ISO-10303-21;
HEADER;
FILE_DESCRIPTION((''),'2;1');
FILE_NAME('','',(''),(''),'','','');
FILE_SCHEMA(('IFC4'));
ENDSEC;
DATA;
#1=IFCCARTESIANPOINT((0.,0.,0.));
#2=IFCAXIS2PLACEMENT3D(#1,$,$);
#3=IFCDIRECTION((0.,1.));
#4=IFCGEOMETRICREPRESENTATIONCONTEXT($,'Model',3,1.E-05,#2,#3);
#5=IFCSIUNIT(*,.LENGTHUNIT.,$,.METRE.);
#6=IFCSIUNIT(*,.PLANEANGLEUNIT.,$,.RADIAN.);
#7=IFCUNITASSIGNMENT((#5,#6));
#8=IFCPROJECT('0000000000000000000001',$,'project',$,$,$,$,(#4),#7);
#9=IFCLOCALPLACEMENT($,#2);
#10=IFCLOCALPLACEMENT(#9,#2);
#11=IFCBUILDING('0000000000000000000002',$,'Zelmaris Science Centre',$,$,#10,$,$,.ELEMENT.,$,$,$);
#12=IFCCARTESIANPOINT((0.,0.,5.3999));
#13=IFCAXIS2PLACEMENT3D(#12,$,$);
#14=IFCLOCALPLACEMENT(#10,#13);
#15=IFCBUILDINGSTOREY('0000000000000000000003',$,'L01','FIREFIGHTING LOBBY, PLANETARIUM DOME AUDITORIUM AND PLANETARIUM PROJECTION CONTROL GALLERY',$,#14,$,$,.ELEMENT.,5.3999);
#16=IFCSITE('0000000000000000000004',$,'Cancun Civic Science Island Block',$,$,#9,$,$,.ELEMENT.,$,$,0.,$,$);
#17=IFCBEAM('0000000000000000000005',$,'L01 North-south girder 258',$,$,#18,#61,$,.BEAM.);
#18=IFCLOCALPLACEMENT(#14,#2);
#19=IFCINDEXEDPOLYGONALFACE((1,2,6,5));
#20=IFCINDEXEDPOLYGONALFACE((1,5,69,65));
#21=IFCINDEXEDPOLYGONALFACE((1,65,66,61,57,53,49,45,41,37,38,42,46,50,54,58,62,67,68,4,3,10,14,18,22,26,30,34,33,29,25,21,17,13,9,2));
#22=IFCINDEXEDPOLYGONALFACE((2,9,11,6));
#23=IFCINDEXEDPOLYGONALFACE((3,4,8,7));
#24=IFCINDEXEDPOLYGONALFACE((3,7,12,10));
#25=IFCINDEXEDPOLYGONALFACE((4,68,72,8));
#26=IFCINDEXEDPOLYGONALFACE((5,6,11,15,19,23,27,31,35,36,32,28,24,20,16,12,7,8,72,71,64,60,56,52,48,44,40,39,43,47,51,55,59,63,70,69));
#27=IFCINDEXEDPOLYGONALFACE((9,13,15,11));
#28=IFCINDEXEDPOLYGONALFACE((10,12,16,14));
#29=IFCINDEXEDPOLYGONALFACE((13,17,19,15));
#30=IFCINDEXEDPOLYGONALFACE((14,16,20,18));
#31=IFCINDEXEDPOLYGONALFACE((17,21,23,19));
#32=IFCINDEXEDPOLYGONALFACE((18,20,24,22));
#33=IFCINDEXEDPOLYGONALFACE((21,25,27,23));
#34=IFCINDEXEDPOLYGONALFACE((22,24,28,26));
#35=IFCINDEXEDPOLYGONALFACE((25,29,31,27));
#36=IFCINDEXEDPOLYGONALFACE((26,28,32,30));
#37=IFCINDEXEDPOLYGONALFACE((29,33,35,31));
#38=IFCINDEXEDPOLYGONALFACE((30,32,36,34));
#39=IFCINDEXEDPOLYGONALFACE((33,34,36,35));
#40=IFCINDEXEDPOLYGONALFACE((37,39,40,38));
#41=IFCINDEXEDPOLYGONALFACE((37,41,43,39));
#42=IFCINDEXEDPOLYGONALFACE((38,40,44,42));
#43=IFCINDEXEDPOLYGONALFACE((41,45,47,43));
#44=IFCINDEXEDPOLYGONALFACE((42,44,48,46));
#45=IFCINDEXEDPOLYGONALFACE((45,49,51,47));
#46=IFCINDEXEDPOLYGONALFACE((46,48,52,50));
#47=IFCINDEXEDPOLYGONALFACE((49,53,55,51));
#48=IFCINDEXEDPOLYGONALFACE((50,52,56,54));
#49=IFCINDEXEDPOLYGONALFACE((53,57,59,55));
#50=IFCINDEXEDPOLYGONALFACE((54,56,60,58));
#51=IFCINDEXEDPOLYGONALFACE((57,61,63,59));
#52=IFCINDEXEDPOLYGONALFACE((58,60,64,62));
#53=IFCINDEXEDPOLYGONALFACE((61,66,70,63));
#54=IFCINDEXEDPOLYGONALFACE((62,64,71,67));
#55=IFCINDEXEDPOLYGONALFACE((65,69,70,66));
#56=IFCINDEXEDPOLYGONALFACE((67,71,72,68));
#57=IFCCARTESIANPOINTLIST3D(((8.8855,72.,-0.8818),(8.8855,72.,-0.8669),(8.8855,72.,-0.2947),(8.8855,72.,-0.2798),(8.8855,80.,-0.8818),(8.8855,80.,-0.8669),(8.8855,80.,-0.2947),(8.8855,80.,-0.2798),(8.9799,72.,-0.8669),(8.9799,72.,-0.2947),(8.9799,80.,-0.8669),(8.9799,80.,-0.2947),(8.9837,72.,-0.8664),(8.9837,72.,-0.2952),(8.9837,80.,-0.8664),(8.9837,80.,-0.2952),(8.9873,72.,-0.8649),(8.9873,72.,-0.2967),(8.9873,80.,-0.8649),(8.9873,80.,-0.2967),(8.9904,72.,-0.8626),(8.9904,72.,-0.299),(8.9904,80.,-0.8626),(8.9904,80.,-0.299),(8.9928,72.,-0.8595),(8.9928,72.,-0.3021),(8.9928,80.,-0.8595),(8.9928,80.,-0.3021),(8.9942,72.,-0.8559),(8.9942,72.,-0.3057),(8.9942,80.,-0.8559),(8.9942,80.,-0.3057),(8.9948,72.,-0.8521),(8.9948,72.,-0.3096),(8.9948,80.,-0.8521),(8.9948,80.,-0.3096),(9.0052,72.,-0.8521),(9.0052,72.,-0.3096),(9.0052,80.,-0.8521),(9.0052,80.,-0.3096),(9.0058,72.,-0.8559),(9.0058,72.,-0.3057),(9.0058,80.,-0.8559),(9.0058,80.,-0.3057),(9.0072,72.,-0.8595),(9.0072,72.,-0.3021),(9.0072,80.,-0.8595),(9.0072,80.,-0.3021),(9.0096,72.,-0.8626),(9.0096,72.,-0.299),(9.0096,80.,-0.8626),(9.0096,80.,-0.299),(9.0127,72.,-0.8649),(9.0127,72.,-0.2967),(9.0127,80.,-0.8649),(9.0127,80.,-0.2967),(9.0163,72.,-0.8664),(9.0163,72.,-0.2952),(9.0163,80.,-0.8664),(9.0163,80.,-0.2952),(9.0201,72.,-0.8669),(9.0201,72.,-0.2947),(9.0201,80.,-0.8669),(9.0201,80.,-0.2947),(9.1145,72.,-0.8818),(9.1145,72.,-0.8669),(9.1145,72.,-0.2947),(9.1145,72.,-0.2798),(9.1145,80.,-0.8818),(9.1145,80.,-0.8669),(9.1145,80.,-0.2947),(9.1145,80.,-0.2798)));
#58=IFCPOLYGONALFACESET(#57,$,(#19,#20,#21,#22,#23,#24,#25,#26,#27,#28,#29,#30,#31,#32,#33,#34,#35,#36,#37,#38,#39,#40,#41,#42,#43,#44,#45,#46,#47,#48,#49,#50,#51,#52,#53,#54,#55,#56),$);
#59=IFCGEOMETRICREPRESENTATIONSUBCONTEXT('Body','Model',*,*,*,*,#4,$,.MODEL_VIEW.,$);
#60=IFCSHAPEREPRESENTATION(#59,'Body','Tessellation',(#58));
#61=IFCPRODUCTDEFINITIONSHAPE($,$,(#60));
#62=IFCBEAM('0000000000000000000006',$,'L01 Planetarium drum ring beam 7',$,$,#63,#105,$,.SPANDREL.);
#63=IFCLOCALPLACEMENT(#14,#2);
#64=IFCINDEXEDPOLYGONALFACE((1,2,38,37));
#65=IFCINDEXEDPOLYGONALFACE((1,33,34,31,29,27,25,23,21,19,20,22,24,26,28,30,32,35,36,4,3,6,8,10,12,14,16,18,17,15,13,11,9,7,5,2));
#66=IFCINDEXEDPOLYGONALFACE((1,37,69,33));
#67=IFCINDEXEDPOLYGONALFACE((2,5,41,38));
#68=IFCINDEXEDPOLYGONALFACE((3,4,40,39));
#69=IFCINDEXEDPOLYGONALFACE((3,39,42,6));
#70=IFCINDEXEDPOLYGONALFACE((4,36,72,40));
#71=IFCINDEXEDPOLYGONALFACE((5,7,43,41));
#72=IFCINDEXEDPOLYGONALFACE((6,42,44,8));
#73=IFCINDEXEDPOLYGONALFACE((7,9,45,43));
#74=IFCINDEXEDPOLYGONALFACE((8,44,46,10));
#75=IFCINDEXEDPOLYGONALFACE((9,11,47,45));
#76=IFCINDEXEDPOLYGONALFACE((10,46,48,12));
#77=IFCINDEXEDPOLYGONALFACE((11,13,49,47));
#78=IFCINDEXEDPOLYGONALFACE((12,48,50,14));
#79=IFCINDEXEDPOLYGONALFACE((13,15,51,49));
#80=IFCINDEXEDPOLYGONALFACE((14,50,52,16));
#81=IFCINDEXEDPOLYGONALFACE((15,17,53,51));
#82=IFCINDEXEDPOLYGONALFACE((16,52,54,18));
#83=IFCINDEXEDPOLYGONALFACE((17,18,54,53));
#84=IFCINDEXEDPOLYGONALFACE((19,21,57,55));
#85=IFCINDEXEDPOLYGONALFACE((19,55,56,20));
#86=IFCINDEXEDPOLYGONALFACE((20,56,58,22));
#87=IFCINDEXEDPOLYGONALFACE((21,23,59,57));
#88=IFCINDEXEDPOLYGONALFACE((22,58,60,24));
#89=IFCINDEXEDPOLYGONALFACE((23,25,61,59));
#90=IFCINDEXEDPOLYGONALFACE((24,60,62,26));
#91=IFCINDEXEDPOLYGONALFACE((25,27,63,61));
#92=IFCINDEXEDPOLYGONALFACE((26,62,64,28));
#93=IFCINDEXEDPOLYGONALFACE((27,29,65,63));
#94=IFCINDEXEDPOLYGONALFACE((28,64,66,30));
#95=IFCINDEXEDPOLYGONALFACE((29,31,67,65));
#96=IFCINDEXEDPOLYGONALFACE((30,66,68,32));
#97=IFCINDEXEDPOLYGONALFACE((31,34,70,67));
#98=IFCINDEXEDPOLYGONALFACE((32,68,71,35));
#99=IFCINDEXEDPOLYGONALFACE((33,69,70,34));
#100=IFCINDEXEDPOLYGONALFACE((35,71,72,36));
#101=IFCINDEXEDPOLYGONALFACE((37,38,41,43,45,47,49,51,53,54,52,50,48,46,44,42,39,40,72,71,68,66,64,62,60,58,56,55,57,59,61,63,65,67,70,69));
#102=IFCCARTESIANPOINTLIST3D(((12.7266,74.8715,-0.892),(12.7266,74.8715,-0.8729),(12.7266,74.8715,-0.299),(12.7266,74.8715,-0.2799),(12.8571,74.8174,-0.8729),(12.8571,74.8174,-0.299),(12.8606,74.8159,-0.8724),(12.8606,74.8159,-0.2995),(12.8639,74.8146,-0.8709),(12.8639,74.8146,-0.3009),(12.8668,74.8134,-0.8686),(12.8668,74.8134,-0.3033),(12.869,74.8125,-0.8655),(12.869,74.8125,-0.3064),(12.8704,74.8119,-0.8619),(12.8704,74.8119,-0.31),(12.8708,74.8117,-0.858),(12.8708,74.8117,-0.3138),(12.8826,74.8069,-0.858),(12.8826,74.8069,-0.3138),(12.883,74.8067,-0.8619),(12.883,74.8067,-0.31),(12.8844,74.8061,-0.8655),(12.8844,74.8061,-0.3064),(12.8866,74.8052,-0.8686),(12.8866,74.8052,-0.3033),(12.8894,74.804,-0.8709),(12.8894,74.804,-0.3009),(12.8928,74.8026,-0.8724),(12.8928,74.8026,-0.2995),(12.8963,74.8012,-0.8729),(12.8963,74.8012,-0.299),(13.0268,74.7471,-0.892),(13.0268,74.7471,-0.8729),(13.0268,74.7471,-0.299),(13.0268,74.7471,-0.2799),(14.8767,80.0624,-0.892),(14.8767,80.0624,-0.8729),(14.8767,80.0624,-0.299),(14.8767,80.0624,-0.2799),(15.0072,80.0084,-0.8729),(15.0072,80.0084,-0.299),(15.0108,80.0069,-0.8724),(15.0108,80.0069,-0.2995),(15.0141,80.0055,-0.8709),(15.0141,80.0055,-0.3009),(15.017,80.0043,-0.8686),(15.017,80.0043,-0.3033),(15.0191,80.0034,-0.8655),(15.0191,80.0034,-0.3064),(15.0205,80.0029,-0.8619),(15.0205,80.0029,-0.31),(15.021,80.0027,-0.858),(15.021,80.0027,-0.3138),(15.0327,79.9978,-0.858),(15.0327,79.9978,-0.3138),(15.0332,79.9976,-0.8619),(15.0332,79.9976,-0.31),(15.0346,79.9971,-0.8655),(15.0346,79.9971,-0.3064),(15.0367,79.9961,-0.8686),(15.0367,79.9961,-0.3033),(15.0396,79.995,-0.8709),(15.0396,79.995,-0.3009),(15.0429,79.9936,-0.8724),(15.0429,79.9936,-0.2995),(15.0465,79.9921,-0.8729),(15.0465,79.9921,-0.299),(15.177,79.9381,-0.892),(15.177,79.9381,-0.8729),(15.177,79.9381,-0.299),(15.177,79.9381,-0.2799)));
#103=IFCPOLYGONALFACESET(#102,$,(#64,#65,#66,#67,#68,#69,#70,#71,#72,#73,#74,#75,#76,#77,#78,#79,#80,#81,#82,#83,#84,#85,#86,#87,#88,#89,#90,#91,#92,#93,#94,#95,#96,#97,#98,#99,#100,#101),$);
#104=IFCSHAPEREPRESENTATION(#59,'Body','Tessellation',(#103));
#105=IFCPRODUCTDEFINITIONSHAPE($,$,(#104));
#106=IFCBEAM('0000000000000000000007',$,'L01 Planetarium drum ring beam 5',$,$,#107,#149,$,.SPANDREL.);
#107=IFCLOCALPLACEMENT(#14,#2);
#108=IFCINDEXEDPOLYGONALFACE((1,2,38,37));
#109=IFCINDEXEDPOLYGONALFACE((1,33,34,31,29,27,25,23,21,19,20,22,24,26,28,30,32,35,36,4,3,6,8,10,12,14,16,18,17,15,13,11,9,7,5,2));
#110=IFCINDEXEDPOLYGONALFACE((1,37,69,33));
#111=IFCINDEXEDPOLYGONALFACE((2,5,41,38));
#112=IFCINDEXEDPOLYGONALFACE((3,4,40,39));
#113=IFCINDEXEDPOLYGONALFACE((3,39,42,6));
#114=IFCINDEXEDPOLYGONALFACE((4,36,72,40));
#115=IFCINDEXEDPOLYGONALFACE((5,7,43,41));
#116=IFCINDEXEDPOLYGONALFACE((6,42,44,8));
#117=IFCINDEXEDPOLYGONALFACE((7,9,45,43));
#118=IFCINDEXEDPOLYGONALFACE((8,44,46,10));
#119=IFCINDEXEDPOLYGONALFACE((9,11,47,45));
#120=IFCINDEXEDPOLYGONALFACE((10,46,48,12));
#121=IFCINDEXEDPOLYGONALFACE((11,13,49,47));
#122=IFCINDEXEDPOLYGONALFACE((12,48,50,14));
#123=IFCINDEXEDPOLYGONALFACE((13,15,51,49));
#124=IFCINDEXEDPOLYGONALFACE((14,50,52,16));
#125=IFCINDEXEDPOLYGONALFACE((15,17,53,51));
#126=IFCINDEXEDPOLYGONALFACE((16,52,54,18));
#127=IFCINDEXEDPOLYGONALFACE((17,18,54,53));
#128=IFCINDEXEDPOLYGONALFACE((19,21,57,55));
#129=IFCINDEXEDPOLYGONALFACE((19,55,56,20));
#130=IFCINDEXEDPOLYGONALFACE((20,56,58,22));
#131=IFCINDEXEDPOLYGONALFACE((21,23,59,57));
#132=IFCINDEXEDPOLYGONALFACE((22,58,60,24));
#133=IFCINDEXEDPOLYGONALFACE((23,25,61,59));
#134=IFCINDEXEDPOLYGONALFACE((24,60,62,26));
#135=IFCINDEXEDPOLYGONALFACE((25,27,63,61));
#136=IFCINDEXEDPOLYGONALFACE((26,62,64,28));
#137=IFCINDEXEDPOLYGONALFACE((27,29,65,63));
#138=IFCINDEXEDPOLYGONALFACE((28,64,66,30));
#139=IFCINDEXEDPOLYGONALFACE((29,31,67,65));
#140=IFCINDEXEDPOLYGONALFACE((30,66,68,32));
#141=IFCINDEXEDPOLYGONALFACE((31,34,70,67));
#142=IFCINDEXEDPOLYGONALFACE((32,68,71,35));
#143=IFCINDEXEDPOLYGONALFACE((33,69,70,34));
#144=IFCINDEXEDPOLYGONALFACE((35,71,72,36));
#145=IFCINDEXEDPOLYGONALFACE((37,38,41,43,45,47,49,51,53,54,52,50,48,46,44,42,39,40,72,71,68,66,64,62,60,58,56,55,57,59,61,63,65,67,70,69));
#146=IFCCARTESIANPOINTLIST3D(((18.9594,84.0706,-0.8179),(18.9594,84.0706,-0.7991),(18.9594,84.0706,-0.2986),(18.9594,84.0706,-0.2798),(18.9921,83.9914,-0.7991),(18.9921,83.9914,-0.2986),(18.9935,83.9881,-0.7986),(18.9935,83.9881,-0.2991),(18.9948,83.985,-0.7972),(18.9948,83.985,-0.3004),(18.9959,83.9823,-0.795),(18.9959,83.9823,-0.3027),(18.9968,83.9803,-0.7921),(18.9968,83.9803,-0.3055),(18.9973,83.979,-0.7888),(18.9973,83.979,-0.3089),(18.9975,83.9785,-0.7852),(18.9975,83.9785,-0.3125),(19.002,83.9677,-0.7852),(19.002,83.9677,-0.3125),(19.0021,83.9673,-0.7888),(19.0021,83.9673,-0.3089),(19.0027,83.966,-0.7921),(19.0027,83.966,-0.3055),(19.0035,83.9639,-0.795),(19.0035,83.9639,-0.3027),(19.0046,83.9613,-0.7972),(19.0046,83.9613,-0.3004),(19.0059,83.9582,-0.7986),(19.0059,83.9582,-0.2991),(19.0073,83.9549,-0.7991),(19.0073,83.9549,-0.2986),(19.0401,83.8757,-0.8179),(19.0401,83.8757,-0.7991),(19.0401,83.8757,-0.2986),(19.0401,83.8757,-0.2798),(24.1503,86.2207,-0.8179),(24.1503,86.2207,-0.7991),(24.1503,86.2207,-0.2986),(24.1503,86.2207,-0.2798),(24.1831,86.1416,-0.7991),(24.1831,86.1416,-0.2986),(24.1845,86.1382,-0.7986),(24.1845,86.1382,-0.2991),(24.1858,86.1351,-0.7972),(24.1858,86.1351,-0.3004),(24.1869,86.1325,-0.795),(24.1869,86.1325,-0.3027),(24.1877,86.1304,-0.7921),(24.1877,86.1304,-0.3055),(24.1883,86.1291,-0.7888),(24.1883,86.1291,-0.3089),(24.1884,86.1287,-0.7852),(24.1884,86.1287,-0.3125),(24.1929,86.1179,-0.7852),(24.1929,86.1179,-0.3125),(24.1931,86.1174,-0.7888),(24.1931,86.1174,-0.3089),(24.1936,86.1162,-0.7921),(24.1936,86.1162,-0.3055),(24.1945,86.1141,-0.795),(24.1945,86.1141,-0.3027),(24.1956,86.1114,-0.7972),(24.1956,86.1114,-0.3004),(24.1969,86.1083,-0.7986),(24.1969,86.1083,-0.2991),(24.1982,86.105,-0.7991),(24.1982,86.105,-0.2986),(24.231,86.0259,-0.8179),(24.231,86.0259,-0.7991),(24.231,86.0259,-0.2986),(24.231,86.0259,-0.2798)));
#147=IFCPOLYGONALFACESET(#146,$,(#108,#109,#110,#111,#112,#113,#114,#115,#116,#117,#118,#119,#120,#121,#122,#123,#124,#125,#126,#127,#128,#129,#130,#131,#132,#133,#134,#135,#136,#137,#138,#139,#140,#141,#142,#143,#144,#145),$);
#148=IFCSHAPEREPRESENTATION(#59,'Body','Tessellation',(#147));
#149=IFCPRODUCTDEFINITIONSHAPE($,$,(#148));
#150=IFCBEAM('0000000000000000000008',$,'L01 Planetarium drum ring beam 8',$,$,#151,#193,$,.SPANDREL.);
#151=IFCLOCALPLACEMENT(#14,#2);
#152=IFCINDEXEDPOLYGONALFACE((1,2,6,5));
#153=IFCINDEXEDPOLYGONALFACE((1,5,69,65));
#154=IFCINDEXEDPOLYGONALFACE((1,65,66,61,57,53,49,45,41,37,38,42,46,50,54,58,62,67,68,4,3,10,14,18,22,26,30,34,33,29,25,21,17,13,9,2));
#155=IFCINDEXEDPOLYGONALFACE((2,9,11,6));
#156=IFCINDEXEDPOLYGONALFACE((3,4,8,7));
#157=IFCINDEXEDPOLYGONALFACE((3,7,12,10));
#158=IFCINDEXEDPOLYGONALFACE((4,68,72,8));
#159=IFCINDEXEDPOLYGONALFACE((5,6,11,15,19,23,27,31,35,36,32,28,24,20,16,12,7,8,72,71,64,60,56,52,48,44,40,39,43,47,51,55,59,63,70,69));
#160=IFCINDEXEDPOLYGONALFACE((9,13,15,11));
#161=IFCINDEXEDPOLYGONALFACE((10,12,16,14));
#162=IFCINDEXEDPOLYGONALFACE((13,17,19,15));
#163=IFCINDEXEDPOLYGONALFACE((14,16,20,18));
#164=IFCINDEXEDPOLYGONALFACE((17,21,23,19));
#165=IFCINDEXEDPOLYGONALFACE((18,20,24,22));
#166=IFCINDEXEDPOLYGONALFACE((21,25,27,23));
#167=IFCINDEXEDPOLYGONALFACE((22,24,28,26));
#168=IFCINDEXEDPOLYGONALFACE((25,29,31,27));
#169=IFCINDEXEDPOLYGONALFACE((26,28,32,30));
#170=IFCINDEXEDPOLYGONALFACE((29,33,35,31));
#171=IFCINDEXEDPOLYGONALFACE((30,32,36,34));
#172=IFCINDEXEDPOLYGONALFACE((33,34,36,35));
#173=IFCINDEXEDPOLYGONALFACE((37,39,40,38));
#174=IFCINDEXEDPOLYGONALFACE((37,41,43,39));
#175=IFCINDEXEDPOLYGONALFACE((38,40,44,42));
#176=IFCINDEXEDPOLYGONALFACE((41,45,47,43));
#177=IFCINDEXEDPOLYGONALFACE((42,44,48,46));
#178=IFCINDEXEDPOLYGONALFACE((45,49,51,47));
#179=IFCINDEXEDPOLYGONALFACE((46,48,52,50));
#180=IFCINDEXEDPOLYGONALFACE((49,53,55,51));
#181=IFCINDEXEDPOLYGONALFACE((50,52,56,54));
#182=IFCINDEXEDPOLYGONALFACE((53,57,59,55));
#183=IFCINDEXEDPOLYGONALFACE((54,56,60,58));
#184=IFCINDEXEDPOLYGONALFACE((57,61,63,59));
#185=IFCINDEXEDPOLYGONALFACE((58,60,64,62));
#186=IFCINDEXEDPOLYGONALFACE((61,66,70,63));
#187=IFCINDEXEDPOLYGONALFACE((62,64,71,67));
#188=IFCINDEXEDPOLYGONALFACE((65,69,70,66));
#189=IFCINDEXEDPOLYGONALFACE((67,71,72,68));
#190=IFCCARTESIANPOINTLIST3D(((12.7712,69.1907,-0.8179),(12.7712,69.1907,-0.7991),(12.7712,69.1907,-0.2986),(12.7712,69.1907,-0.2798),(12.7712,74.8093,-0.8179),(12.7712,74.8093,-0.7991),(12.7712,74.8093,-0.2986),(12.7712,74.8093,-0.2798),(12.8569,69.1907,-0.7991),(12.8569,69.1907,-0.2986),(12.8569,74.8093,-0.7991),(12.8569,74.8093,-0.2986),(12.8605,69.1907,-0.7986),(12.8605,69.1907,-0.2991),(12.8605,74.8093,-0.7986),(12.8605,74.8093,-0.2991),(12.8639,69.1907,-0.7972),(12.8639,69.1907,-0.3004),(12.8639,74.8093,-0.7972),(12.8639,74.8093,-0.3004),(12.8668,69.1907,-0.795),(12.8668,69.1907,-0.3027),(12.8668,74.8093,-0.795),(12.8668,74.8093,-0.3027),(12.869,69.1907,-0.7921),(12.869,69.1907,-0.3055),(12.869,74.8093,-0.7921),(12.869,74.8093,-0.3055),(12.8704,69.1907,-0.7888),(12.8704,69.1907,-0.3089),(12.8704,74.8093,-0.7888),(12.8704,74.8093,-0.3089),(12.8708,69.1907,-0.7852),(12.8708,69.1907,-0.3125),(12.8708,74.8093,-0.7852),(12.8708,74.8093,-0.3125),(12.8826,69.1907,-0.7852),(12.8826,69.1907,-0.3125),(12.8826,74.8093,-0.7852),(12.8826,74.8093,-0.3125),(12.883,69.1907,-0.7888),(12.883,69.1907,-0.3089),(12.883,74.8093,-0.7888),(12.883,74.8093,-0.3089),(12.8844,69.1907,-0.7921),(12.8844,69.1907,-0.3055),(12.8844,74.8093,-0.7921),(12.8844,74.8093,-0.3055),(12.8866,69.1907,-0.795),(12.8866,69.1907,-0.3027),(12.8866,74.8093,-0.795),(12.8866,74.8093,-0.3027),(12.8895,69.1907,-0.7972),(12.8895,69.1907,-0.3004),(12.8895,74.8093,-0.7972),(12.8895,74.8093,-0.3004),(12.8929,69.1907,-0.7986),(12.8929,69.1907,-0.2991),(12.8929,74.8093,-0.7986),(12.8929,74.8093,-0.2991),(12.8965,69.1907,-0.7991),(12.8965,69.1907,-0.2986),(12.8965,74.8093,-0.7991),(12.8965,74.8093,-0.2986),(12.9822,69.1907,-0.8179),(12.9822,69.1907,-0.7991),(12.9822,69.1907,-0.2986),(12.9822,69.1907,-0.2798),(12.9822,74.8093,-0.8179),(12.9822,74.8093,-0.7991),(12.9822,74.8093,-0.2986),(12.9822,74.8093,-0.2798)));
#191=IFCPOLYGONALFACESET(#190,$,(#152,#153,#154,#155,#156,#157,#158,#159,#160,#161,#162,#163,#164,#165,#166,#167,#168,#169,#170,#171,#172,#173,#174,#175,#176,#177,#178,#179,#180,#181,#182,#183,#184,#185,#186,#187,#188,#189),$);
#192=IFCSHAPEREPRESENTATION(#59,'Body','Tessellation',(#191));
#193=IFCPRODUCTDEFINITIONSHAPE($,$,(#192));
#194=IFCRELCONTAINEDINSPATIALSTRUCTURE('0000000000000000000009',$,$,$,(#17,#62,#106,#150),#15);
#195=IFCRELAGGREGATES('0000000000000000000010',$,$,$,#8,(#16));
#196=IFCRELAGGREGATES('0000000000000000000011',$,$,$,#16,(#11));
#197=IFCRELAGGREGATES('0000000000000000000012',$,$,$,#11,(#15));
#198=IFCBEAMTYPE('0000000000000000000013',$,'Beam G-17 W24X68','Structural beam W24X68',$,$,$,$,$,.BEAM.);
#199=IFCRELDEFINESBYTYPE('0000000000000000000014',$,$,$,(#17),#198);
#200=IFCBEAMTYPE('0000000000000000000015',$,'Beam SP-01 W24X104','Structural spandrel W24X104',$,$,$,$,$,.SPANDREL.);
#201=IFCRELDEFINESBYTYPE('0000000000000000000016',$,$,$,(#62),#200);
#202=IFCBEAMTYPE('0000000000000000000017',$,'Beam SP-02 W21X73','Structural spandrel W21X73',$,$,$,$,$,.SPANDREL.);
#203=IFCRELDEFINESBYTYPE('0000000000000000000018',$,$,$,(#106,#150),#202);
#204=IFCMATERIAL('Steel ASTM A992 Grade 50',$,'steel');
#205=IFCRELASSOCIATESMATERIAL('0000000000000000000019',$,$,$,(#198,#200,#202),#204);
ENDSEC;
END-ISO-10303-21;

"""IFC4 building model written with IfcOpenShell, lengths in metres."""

from ifc_helpers import new_model, si_unit, direction, frame, origin, origin_2d, place, context, subcontext, project, spatial, i_section, extrude, material, material_profile, profile_set, type_object, element, save


model = new_model("IFC4")

# Units and contexts
model_context = context("Model", 3, precision=1e-05, world=origin(), true_north=direction((0.0, 1.0)))
body_context = subcontext(model_context, "Body", "Model", "MODEL_VIEW")
ifc_project = project(units=[si_unit("LENGTHUNIT", "METRE"), si_unit("PLANEANGLEUNIT", "RADIAN")], contexts=[model_context])

# Site, building, storey
site_placement = place(None, origin())
site = spatial("IfcSite", under=ifc_project, at=site_placement, Name="Cancun Civic Science Island Block", CompositionType="ELEMENT", RefElevation=0.0)
building_placement = place(site_placement, origin())
building = spatial("IfcBuilding", under=site, at=building_placement, Name="Zelmaris Science Centre", CompositionType="ELEMENT")
storey_placement = place(building_placement, frame((0.0, 0.0, 5.3999)))
storey = spatial("IfcBuildingStorey", under=building, at=storey_placement, Name="L01", Description="FIREFIGHTING LOBBY, PLANETARIUM DOME AUDITORIUM AND PLANETARIUM PROJECTION CONTROL GALLERY", CompositionType="ELEMENT", Elevation=5.3999)

# Beams
ifc_material_1 = material(Name="Steel ASTM A992 Grade 50", Category="steel")
ifc_material_profile_1 = material_profile(ifc_material_1, i_section(OverallWidth=0.229, OverallDepth=0.6021, WebThickness=0.0105, FlangeThickness=0.0149, FilletRadius=0.0149, at=origin_2d()), Name="W24X68")
ifc_profile_set_1 = profile_set([ifc_material_profile_1], Name="Steel ASTM A992 Grade 50")
beam_type_1 = type_object("IfcBeamType", Name="Beam G-17 W24X68", Description="Structural beam W24X68", PredefinedType="BEAM", material=ifc_profile_set_1)
beam_1_placement = place(storey_placement, frame((9.0, 72.0, -0.5808), z_axis=(0.0, 1.0, 0.0), x_axis=(-1.0, 0.0, 0.0)))
element("IfcBeam", 1, at=beam_1_placement, inside=storey, type_object=beam_type_1, Name="L01 North-south girder 258", PredefinedType="BEAM", context=body_context, shape_type="SweptSolid", body=[
    extrude(i_section(OverallWidth=0.229, OverallDepth=0.6021, WebThickness=0.0105, FlangeThickness=0.0149, FilletRadius=0.0149, at=origin_2d()), origin(), (0.0, 0.0, 1.0), 8.0),
])
ifc_material_profile_2 = material_profile(ifc_material_1, i_section(OverallWidth=0.325, OverallDepth=0.6121, WebThickness=0.0127, FlangeThickness=0.019, FilletRadius=0.0149, at=origin_2d()), Name="W24X104")
ifc_profile_set_2 = profile_set([ifc_material_profile_2], Name="Steel ASTM A992 Grade 50")
beam_type_2 = type_object("IfcBeamType", Name="Beam SP-01 W24X104", Description="Structural spandrel W24X104", PredefinedType="SPANDREL", material=ifc_profile_set_2)
beam_2_placement = place(storey_placement, frame((15.0269, 80.0002, -0.5859), z_axis=(-0.382683, -0.92388, 0.0), x_axis=(0.92388, -0.382683, 0.0)))
element("IfcBeam", 2, at=beam_2_placement, inside=storey, type_object=beam_type_2, Name="L01 Planetarium drum ring beam 7", PredefinedType="SPANDREL", context=body_context, shape_type="SweptSolid", body=[
    extrude(i_section(OverallWidth=0.325, OverallDepth=0.6121, WebThickness=0.0127, FlangeThickness=0.019, FilletRadius=0.0149, at=origin_2d()), origin(), (0.0, 0.0, 1.0), 5.6187),
])
ifc_material_profile_3 = material_profile(ifc_material_1, i_section(OverallWidth=0.2109, OverallDepth=0.5381, WebThickness=0.0117, FlangeThickness=0.0188, FilletRadius=0.0139, at=origin_2d()), Name="W21X73")
ifc_profile_set_3 = profile_set([ifc_material_profile_3], Name="Steel ASTM A992 Grade 50")
beam_type_3 = type_object("IfcBeamType", Name="Beam SP-02 W21X73", Description="Structural spandrel W21X73", PredefinedType="SPANDREL", material=ifc_profile_set_3)
for number, where, z_axis, x_axis, name in (
    (3, (24.1907, 86.1233, -0.5488), (-0.92388, -0.382683, 0.0), (0.382683, -0.92388, 0.0), "L01 Planetarium drum ring beam 5"),
    (4, (12.8767, 74.8093, -0.5488), (0.0, -1.0, 0.0), (1.0, 0.0, 0.0), "L01 Planetarium drum ring beam 8"),
):
    element("IfcBeam", number, at=place(storey_placement, frame(where, z_axis=z_axis, x_axis=x_axis)), inside=storey, type_object=beam_type_3, Name=name, PredefinedType="SPANDREL", context=body_context, shape_type="SweptSolid", body=[
        extrude(i_section(OverallWidth=0.2109, OverallDepth=0.5381, WebThickness=0.0117, FlangeThickness=0.0188, FilletRadius=0.0139, at=origin_2d()), origin(), (0.0, 0.0, 1.0), 5.6187),
    ])

save(model, "model.ifc")
